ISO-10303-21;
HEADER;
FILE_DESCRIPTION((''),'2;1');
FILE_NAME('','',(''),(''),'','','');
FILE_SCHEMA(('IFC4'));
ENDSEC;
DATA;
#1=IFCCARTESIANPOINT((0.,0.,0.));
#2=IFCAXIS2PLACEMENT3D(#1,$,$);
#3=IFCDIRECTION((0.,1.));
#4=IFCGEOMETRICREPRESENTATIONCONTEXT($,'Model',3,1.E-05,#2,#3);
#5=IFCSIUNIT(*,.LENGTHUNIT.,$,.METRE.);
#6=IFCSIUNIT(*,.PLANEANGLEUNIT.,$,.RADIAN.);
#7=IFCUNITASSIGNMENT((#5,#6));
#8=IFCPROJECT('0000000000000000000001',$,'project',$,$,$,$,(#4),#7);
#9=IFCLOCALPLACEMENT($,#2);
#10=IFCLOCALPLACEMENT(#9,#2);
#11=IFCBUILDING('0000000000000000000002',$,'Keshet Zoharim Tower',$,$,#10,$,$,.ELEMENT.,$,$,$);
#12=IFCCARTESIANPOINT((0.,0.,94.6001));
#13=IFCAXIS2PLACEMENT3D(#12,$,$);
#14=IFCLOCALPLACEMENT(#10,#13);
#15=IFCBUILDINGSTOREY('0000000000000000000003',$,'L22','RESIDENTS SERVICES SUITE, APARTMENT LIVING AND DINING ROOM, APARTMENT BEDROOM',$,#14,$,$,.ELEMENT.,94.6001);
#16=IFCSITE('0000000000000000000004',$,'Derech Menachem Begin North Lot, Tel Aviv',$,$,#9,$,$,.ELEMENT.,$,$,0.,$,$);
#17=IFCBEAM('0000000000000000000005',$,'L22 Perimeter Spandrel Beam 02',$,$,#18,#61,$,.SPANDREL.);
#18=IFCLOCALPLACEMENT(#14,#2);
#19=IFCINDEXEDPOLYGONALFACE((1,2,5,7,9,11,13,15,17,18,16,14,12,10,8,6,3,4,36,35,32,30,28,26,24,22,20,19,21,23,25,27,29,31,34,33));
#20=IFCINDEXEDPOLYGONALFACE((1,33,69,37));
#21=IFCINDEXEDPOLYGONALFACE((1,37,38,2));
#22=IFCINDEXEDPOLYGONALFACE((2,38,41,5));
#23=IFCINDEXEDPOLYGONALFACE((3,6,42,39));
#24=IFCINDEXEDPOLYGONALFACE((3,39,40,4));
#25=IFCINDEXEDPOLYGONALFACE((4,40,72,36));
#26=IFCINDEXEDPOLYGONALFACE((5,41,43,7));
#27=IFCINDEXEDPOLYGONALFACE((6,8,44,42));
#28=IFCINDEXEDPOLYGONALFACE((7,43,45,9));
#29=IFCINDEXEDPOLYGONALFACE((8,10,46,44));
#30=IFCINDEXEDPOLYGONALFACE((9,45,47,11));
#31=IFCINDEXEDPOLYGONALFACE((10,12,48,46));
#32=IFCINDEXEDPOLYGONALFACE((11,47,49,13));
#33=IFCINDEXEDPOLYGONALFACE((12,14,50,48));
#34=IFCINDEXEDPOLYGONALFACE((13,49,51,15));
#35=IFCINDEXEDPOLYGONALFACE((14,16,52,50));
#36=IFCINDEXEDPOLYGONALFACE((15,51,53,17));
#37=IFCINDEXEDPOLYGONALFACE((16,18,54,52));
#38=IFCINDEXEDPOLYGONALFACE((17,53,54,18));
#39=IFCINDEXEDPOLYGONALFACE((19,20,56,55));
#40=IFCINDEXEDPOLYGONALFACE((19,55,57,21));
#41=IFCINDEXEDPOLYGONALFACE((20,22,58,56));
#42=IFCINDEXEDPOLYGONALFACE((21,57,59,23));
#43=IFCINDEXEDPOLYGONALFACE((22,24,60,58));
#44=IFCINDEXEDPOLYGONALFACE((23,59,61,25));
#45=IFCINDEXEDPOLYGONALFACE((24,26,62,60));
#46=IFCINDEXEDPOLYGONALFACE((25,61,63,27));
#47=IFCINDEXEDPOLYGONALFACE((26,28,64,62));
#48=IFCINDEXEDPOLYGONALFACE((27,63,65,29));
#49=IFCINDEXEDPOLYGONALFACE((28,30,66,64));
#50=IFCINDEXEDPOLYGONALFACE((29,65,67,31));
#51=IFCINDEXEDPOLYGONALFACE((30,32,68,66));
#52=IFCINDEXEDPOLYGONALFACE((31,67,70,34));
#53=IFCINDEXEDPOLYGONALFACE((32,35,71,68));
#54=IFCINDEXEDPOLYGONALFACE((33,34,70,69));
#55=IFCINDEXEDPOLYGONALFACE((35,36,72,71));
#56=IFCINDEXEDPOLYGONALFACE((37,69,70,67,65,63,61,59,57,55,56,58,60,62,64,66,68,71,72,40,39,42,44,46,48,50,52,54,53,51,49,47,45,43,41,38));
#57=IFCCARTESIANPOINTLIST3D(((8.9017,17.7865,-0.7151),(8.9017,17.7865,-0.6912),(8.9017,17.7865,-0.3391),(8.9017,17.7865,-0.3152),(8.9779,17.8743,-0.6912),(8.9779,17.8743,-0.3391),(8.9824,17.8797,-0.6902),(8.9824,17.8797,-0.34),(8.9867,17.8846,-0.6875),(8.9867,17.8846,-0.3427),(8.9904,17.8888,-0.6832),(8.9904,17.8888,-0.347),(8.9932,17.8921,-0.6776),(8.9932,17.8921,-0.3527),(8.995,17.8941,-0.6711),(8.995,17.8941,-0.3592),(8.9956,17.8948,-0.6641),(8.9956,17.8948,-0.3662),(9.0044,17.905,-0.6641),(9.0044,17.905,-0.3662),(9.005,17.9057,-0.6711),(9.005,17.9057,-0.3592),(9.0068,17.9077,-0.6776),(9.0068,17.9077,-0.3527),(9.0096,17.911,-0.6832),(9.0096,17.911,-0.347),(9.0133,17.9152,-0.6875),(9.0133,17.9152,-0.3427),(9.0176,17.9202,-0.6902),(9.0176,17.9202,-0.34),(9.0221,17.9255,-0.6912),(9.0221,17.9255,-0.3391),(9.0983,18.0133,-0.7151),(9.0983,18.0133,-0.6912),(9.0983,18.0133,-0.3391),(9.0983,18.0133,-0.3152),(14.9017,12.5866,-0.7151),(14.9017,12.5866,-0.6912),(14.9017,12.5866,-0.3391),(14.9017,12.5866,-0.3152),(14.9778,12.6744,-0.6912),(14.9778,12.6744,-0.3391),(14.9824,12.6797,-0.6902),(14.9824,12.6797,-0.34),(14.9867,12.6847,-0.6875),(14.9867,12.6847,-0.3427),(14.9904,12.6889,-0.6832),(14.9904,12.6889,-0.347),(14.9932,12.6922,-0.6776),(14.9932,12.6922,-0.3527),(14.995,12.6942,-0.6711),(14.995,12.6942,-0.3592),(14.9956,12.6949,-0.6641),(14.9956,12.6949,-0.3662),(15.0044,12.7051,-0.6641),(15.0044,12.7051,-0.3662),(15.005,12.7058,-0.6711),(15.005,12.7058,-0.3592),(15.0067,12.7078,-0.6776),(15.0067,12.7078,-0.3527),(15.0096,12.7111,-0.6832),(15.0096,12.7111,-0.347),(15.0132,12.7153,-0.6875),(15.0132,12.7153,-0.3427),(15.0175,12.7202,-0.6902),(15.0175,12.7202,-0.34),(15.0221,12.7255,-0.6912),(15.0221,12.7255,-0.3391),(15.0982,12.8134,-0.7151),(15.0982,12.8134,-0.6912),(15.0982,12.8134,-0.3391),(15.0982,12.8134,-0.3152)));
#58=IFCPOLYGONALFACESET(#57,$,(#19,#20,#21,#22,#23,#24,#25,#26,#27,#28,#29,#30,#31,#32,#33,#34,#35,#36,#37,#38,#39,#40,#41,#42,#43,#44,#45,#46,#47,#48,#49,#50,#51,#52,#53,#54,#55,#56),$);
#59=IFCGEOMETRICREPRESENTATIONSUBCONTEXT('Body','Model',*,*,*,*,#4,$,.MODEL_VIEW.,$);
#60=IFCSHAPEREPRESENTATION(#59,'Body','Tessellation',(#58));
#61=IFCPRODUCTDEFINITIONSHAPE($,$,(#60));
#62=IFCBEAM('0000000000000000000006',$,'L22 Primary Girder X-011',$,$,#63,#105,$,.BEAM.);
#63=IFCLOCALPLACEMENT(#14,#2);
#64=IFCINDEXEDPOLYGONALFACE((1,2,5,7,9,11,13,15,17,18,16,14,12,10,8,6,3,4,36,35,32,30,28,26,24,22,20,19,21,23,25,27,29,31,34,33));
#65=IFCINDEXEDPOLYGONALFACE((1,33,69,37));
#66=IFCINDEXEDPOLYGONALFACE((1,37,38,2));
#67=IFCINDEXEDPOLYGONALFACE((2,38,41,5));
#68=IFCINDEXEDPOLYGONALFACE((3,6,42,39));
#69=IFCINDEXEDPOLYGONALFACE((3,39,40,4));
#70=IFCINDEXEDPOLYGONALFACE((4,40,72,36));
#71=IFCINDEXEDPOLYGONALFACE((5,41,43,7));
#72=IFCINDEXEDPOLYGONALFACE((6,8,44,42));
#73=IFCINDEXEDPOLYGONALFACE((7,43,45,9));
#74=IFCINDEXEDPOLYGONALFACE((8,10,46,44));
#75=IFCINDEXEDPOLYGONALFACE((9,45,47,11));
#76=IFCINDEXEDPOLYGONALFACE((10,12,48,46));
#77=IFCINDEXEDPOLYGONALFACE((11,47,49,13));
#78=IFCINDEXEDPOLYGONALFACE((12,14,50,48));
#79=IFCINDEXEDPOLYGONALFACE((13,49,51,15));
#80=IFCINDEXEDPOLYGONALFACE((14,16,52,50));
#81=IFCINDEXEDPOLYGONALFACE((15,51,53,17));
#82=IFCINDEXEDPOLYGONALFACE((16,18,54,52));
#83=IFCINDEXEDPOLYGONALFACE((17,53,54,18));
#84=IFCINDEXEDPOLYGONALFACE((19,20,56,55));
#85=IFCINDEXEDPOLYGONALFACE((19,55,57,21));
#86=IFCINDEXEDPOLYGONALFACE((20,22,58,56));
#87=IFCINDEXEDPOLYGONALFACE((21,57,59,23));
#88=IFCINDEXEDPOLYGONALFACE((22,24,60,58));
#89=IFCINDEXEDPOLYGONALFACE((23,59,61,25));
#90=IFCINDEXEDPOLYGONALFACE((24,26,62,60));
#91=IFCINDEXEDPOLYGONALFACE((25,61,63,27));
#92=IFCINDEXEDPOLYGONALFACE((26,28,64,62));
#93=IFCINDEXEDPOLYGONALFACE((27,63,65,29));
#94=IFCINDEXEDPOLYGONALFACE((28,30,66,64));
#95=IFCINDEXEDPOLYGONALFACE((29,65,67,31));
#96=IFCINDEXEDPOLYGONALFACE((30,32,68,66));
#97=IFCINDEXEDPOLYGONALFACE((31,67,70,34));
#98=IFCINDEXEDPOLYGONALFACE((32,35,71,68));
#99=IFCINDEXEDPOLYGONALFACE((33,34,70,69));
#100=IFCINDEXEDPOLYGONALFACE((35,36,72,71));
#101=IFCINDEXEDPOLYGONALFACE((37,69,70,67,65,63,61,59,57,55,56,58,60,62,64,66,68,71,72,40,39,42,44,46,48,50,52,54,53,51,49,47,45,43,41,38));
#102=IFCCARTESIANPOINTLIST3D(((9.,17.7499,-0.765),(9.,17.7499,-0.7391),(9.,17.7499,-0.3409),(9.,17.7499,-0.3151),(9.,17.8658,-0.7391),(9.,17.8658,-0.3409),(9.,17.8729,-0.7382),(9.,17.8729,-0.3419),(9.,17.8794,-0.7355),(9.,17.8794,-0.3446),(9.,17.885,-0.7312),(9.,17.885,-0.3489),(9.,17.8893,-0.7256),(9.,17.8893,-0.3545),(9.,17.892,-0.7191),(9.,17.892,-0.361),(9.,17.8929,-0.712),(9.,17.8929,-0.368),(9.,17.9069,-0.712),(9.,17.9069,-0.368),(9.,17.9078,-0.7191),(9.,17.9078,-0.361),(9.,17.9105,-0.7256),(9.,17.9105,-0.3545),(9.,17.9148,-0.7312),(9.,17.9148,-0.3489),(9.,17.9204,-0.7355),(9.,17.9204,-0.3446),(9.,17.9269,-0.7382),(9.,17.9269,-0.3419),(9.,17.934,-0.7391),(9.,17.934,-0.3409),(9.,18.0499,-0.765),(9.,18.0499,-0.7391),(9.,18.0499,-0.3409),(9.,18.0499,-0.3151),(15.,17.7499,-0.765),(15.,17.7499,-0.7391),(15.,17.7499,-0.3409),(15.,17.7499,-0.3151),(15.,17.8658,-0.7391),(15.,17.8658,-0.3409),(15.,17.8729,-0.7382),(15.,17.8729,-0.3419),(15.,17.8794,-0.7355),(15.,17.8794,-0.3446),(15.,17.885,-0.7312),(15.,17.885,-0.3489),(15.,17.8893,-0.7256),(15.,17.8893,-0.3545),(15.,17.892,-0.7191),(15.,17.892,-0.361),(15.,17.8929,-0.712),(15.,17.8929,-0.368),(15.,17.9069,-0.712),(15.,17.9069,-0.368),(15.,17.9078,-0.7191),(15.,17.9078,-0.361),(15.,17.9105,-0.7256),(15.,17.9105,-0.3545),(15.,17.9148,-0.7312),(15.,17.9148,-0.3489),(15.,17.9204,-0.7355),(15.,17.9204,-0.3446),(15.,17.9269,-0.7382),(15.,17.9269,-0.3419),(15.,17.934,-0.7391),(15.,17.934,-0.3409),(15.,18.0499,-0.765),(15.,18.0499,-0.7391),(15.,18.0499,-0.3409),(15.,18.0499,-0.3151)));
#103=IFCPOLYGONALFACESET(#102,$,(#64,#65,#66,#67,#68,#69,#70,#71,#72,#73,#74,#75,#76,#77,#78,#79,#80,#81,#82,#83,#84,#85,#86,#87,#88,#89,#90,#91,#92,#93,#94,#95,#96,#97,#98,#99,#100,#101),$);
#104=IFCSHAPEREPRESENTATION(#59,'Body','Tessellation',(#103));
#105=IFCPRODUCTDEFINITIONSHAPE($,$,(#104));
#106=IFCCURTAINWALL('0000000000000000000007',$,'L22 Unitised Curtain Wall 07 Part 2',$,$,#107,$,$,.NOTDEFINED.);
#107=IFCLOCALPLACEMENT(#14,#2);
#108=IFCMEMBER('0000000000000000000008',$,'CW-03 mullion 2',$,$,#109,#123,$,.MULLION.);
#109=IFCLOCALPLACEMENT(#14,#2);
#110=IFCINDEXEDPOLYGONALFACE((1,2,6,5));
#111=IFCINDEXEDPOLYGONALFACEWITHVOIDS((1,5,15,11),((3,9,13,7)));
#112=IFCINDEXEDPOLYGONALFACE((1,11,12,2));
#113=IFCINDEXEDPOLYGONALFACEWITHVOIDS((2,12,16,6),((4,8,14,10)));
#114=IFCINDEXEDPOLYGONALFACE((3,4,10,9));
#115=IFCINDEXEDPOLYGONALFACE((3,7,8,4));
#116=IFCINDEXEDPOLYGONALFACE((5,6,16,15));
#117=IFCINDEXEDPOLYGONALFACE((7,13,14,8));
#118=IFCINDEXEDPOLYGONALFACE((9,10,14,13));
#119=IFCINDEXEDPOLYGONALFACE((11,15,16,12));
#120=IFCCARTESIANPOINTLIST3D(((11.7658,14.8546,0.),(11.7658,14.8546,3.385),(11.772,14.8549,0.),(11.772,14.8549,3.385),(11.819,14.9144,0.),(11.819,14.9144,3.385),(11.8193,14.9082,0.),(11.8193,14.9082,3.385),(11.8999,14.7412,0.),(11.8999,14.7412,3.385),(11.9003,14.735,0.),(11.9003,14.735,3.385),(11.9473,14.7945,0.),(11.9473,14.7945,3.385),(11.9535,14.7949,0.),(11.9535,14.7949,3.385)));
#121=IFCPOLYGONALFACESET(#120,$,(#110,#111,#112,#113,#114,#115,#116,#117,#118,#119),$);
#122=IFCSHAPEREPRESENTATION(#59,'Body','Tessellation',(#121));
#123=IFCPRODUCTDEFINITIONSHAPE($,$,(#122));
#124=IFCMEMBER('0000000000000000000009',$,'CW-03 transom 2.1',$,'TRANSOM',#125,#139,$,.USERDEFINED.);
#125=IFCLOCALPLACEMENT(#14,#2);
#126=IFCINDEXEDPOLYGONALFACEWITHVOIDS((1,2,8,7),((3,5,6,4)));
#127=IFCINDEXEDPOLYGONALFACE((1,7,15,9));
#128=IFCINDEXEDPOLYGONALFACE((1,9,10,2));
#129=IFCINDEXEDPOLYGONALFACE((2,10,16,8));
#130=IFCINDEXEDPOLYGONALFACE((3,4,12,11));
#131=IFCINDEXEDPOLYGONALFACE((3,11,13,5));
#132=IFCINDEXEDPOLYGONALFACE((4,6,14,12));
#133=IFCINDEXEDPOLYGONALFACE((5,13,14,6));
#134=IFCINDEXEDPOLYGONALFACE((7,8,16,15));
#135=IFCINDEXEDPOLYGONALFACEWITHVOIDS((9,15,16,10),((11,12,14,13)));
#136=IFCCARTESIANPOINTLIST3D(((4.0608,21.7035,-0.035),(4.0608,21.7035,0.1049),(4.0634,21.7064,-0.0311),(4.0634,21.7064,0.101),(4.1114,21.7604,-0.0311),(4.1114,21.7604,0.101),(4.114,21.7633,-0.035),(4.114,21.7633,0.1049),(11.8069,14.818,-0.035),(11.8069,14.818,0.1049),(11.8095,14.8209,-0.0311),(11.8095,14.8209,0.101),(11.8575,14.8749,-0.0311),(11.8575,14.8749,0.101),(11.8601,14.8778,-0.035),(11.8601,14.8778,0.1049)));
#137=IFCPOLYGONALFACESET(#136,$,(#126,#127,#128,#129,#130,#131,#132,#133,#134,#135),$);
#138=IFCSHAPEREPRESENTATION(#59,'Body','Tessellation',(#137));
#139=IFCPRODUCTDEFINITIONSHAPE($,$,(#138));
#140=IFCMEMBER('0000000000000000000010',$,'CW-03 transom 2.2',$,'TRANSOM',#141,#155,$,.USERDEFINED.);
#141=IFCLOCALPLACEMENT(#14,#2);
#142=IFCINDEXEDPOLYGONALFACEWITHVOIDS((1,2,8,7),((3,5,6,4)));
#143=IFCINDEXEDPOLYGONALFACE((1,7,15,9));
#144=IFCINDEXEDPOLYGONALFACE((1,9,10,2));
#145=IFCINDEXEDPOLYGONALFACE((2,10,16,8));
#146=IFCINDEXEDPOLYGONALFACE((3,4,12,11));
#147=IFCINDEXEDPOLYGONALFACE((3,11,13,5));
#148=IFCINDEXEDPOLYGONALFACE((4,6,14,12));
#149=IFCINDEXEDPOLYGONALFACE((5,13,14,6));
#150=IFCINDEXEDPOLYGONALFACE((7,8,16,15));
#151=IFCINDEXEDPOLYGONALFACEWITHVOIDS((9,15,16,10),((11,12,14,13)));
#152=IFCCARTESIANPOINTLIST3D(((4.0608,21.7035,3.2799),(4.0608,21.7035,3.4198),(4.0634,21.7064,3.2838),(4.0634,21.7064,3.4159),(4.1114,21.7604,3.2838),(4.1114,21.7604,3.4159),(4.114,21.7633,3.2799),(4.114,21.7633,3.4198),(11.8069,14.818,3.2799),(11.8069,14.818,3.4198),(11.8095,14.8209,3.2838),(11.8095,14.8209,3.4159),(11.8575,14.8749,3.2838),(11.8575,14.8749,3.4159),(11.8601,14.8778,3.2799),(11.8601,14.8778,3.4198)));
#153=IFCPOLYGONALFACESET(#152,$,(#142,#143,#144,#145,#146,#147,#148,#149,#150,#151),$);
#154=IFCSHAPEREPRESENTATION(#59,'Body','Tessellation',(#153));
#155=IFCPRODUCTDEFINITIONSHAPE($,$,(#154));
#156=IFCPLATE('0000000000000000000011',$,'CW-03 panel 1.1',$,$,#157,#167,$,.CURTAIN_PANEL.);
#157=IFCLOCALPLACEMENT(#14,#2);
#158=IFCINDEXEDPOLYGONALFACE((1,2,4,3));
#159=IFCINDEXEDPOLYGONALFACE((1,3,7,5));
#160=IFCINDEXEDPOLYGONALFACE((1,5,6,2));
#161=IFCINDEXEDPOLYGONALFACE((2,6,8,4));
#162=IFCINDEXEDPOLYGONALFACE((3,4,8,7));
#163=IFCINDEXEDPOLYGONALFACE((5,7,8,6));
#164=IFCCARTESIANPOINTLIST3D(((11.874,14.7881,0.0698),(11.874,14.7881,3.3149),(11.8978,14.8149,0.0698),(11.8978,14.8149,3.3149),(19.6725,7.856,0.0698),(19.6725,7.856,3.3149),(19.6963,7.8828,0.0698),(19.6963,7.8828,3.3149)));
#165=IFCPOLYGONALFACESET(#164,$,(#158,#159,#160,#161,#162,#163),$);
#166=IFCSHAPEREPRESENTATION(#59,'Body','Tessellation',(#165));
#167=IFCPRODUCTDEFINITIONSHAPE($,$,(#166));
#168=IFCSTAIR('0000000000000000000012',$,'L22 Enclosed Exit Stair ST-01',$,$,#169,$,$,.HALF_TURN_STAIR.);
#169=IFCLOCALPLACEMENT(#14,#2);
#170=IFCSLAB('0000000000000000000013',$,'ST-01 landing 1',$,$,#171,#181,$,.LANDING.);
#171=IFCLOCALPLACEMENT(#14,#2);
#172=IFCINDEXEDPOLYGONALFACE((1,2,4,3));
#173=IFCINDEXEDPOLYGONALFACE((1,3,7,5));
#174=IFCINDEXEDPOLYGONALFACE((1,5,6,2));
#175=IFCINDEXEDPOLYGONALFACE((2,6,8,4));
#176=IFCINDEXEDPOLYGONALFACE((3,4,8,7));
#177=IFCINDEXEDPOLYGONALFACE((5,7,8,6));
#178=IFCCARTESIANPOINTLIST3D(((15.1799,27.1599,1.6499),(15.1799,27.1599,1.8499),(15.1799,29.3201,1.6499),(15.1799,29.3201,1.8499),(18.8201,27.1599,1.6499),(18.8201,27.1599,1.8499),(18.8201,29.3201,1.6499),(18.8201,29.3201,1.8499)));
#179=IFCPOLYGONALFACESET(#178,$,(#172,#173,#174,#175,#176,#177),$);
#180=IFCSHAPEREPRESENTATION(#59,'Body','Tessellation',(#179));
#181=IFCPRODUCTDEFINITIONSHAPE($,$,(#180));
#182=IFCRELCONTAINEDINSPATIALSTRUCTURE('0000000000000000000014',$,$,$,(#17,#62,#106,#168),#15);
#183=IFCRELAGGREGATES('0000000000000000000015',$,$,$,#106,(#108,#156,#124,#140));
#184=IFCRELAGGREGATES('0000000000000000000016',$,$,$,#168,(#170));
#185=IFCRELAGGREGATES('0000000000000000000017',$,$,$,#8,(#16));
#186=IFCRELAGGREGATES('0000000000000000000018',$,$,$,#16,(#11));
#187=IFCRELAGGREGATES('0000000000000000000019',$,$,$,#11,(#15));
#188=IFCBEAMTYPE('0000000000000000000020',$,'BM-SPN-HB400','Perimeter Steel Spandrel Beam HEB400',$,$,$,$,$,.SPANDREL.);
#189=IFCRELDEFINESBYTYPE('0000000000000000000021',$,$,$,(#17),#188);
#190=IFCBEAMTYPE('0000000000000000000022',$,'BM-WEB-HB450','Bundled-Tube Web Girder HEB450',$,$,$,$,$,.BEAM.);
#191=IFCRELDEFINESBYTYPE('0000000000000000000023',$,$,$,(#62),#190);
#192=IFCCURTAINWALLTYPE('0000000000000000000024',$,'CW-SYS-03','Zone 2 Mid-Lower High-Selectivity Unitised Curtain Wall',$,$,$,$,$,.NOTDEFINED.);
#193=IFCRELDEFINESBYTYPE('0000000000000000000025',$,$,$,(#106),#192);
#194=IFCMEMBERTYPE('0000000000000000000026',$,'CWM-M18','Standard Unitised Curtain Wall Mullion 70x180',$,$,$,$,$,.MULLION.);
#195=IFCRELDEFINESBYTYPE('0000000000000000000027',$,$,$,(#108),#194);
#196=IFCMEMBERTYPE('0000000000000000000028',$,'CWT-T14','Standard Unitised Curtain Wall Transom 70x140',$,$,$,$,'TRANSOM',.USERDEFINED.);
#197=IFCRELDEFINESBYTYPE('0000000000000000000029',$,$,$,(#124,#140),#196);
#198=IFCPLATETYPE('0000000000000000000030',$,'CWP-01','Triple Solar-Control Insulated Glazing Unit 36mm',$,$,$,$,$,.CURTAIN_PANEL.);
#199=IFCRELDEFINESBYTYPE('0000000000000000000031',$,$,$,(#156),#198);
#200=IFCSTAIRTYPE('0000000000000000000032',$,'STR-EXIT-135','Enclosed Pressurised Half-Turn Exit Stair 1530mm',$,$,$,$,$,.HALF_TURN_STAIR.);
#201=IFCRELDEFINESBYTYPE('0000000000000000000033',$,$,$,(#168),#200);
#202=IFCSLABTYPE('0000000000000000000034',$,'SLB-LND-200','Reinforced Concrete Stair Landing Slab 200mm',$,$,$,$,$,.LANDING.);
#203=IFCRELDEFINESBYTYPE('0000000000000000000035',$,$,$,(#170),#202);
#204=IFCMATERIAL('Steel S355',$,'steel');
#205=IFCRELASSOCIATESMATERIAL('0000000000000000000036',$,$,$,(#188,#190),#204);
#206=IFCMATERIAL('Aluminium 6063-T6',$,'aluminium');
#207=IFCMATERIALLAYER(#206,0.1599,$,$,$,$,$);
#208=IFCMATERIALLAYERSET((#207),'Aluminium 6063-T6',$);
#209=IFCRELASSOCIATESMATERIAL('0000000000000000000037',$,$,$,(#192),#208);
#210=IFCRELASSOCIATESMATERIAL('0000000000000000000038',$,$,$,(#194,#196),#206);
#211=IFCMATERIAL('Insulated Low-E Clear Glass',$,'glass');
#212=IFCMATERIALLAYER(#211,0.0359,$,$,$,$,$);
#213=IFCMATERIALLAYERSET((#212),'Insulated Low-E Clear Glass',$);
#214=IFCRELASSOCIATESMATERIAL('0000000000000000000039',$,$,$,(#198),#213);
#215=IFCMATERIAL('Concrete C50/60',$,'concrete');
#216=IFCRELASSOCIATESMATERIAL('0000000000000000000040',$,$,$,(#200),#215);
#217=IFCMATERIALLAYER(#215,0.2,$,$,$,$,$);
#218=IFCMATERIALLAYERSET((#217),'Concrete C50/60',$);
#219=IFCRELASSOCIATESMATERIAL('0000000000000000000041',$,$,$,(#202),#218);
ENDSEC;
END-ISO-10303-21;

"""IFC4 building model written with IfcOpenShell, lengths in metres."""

from ifc_helpers import new_model, si_unit, direction, frame, origin, origin_2d, place, context, subcontext, project, spatial, polyline, rectangle, hollow_rectangle, i_section, outline, extrude, material, layer, layer_set, material_profile, profile_set, type_object, element, aggregate, save


model = new_model("IFC4")

# Units and contexts
model_context = context("Model", 3, precision=1e-05, world=origin(), true_north=direction((0.0, 1.0)))
body_context = subcontext(model_context, "Body", "Model", "MODEL_VIEW")
ifc_project = project(units=[si_unit("LENGTHUNIT", "METRE"), si_unit("PLANEANGLEUNIT", "RADIAN")], contexts=[model_context])

# Site, building, storey
site_placement = place(None, origin())
site = spatial("IfcSite", under=ifc_project, at=site_placement, Name="Derech Menachem Begin North Lot, Tel Aviv", CompositionType="ELEMENT", RefElevation=0.0)
building_placement = place(site_placement, origin())
building = spatial("IfcBuilding", under=site, at=building_placement, Name="Keshet Zoharim Tower", CompositionType="ELEMENT")
storey_placement = place(building_placement, frame((0.0, 0.0, 94.6001)))
storey = spatial("IfcBuildingStorey", under=building, at=storey_placement, Name="L22", Description="RESIDENTS SERVICES SUITE, APARTMENT LIVING AND DINING ROOM, APARTMENT BEDROOM", CompositionType="ELEMENT", Elevation=94.6001)

# Shared definitions
ifc_material_1 = material(Name="Steel S355", Category="steel")

# Beams
ifc_material_profile_1 = material_profile(ifc_material_1, i_section(OverallWidth=0.3, OverallDepth=0.3999, WebThickness=0.0134, FlangeThickness=0.0239, FilletRadius=0.0271, at=origin_2d()), Name="HEB400")
ifc_profile_set_1 = profile_set([ifc_material_profile_1], Name="Steel S355")
beam_type_1 = type_object("IfcBeamType", Name="BM-SPN-HB400", Description="Perimeter Steel Spandrel Beam HEB400", PredefinedType="SPANDREL", material=ifc_profile_set_1)
beam_1_placement = place(storey_placement, frame((9.0, 17.8999, -0.5151), z_axis=(0.755692, -0.654927, 0.0), x_axis=(0.654927, 0.755692, 0.0)))
element("IfcBeam", 1, at=beam_1_placement, inside=storey, type_object=beam_type_1, Name="L22 Perimeter Spandrel Beam 02", PredefinedType="SPANDREL", context=body_context, shape_type="SweptSolid", body=[
    extrude(i_section(OverallWidth=0.3, OverallDepth=0.3999, WebThickness=0.0134, FlangeThickness=0.0239, FilletRadius=0.0271, at=origin_2d()), origin(), (0.0, 0.0, 1.0), 7.9397),
])
ifc_material_profile_2 = material_profile(ifc_material_1, i_section(OverallWidth=0.3, OverallDepth=0.45, WebThickness=0.0139, FlangeThickness=0.0259, FilletRadius=0.0271, at=origin_2d()), Name="HEB450")
ifc_profile_set_2 = profile_set([ifc_material_profile_2], Name="Steel S355")
beam_type_2 = type_object("IfcBeamType", Name="BM-WEB-HB450", Description="Bundled-Tube Web Girder HEB450", PredefinedType="BEAM", material=ifc_profile_set_2)
beam_2_placement = place(storey_placement, frame((9.0, 17.8999, -0.54), z_axis=(1.0, 0.0, 0.0), x_axis=(0.0, 1.0, 0.0)))
element("IfcBeam", 2, at=beam_2_placement, inside=storey, type_object=beam_type_2, Name="L22 Primary Girder X-011", PredefinedType="BEAM", context=body_context, shape_type="SweptSolid", body=[
    extrude(i_section(OverallWidth=0.3, OverallDepth=0.45, WebThickness=0.0139, FlangeThickness=0.0259, FilletRadius=0.0271, at=origin_2d()), origin(), (0.0, 0.0, 1.0), 6.0),
])

# Curtain wall, members, plate
ifc_material_2 = material(Name="Aluminium 6063-T6", Category="aluminium")
ifc_layer_1 = layer(ifc_material_2, 0.1599)
ifc_layer_set_1 = layer_set([ifc_layer_1], Name="Aluminium 6063-T6")
curtain_wall_type = type_object("IfcCurtainWallType", Name="CW-SYS-03", Description="Zone 2 Mid-Lower High-Selectivity Unitised Curtain Wall", PredefinedType="NOTDEFINED", material=ifc_layer_set_1)
curtain_wall_placement = place(storey_placement, origin())
curtain_wall = element("IfcCurtainWall", 3, at=curtain_wall_placement, inside=storey, type_object=curtain_wall_type, Name="L22 Unitised Curtain Wall 07 Part 2", PredefinedType="NOTDEFINED")
ifc_material_profile_3 = material_profile(ifc_material_2, hollow_rectangle(XDim=0.0801, YDim=0.1799, WallThickness=0.0044, at=origin_2d()), Name="MUL-80x180")
ifc_profile_set_3 = profile_set([ifc_material_profile_3], Name="Aluminium 6063-T6")
member_type_1 = type_object("IfcMemberType", Name="CWM-M18", Description="Standard Unitised Curtain Wall Mullion 70x180", PredefinedType="MULLION", material=ifc_profile_set_3)
member_1_placement = place(storey_placement, frame((11.8596, 14.8247, 0.0), z_axis=(0.0, 0.0, 1.0), x_axis=(-0.664364, -0.747409, 0.0)))
member_1 = element("IfcMember", 4, at=member_1_placement, type_object=member_type_1, Name="CW-03 mullion 2", PredefinedType="MULLION", context=body_context, shape_type="SweptSolid", body=[
    extrude(hollow_rectangle(XDim=0.0801, YDim=0.1799, WallThickness=0.0044, at=origin_2d()), origin(), (0.0, 0.0, 1.0), 3.385),
])
ifc_material_profile_4 = material_profile(ifc_material_2, hollow_rectangle(XDim=0.0801, YDim=0.1399, WallThickness=0.0039, at=origin_2d()), Name="TRN-80x140")
ifc_profile_set_4 = profile_set([ifc_material_profile_4], Name="Aluminium 6063-T6")
member_type_2 = type_object("IfcMemberType", Name="CWT-T14", Description="Standard Unitised Curtain Wall Transom 70x140", ElementType="TRANSOM", PredefinedType="USERDEFINED", material=ifc_profile_set_4)
member_2_placement = place(storey_placement, frame((11.8335, 14.8479, 0.0349), z_axis=(-0.747405, 0.664368, 0.0), x_axis=(-0.664368, -0.747405, 0.0)))
member_2 = element("IfcMember", 5, at=member_2_placement, type_object=member_type_2, Name="CW-03 transom 2.1", ObjectType="TRANSOM", PredefinedType="USERDEFINED", context=body_context, shape_type="SweptSolid", body=[
    extrude(hollow_rectangle(XDim=0.0801, YDim=0.1399, WallThickness=0.0039, at=origin_2d()), origin(), (0.0, 0.0, 1.0), 10.364),
])
member_3_placement = place(storey_placement, frame((11.8335, 14.8479, 3.3499), z_axis=(-0.747405, 0.664368, 0.0), x_axis=(-0.664368, -0.747405, 0.0)))
member_3 = element("IfcMember", 6, at=member_3_placement, type_object=member_type_2, Name="CW-03 transom 2.2", ObjectType="TRANSOM", PredefinedType="USERDEFINED", context=body_context, shape_type="SweptSolid", body=[
    extrude(hollow_rectangle(XDim=0.0801, YDim=0.1399, WallThickness=0.0039, at=origin_2d()), origin(), (0.0, 0.0, 1.0), 10.364),
])
ifc_material_3 = material(Name="Insulated Low-E Clear Glass", Category="glass")
ifc_layer_2 = layer(ifc_material_3, 0.0359)
ifc_layer_set_2 = layer_set([ifc_layer_2], Name="Insulated Low-E Clear Glass")
plate_type = type_object("IfcPlateType", Name="CWP-01", Description="Triple Solar-Control Insulated Glazing Unit 36mm", PredefinedType="CURTAIN_PANEL", material=ifc_layer_set_2)
plate_placement = place(storey_placement, frame((15.7852, 11.3354, 0.0698), z_axis=(0.0, 0.0, 1.0), x_axis=(-0.747409, 0.664364, 0.0)))
plate = element("IfcPlate", 7, at=plate_placement, type_object=plate_type, Name="CW-03 panel 1.1", PredefinedType="CURTAIN_PANEL", context=body_context, shape_type="SweptSolid", body=[
    extrude(rectangle(XDim=10.4341, YDim=0.0359, at=origin_2d()), origin(), (0.0, 0.0, 1.0), 3.2451),
])
aggregate(curtain_wall, [member_1, plate, member_2, member_3])

# Stair, slab
ifc_material_4 = material(Name="Concrete C50/60", Category="concrete")
stair_type = type_object("IfcStairType", Name="STR-EXIT-135", Description="Enclosed Pressurised Half-Turn Exit Stair 1530mm", PredefinedType="HALF_TURN_STAIR", material=ifc_material_4)
stair_1_placement = place(storey_placement, origin())
stair_1 = element("IfcStair", 8, at=stair_1_placement, inside=storey, type_object=stair_type, Name="L22 Enclosed Exit Stair ST-01", PredefinedType="HALF_TURN_STAIR")
ifc_layer_3 = layer(ifc_material_4, 0.2)
ifc_layer_set_3 = layer_set([ifc_layer_3], Name="Concrete C50/60")
slab_type_1 = type_object("IfcSlabType", Name="SLB-LND-200", Description="Reinforced Concrete Stair Landing Slab 200mm", PredefinedType="LANDING", material=ifc_layer_set_3)
slab_1_placement = place(storey_placement, frame((0.0, 0.0, 1.6499)))
slab_1 = element("IfcSlab", 9, at=slab_1_placement, type_object=slab_type_1, Name="ST-01 landing 1", PredefinedType="LANDING", context=body_context, shape_type="SweptSolid", body=[
    extrude(outline(polyline([(15.1799, 27.1599), (18.8201, 27.1599), (18.8201, 29.3201), (15.1799, 29.3201), (15.1799, 27.1599)])), origin(), (0.0, 0.0, 1.0), 0.2),
])
aggregate(stair_1, [slab_1])

save(model, "model.ifc")
